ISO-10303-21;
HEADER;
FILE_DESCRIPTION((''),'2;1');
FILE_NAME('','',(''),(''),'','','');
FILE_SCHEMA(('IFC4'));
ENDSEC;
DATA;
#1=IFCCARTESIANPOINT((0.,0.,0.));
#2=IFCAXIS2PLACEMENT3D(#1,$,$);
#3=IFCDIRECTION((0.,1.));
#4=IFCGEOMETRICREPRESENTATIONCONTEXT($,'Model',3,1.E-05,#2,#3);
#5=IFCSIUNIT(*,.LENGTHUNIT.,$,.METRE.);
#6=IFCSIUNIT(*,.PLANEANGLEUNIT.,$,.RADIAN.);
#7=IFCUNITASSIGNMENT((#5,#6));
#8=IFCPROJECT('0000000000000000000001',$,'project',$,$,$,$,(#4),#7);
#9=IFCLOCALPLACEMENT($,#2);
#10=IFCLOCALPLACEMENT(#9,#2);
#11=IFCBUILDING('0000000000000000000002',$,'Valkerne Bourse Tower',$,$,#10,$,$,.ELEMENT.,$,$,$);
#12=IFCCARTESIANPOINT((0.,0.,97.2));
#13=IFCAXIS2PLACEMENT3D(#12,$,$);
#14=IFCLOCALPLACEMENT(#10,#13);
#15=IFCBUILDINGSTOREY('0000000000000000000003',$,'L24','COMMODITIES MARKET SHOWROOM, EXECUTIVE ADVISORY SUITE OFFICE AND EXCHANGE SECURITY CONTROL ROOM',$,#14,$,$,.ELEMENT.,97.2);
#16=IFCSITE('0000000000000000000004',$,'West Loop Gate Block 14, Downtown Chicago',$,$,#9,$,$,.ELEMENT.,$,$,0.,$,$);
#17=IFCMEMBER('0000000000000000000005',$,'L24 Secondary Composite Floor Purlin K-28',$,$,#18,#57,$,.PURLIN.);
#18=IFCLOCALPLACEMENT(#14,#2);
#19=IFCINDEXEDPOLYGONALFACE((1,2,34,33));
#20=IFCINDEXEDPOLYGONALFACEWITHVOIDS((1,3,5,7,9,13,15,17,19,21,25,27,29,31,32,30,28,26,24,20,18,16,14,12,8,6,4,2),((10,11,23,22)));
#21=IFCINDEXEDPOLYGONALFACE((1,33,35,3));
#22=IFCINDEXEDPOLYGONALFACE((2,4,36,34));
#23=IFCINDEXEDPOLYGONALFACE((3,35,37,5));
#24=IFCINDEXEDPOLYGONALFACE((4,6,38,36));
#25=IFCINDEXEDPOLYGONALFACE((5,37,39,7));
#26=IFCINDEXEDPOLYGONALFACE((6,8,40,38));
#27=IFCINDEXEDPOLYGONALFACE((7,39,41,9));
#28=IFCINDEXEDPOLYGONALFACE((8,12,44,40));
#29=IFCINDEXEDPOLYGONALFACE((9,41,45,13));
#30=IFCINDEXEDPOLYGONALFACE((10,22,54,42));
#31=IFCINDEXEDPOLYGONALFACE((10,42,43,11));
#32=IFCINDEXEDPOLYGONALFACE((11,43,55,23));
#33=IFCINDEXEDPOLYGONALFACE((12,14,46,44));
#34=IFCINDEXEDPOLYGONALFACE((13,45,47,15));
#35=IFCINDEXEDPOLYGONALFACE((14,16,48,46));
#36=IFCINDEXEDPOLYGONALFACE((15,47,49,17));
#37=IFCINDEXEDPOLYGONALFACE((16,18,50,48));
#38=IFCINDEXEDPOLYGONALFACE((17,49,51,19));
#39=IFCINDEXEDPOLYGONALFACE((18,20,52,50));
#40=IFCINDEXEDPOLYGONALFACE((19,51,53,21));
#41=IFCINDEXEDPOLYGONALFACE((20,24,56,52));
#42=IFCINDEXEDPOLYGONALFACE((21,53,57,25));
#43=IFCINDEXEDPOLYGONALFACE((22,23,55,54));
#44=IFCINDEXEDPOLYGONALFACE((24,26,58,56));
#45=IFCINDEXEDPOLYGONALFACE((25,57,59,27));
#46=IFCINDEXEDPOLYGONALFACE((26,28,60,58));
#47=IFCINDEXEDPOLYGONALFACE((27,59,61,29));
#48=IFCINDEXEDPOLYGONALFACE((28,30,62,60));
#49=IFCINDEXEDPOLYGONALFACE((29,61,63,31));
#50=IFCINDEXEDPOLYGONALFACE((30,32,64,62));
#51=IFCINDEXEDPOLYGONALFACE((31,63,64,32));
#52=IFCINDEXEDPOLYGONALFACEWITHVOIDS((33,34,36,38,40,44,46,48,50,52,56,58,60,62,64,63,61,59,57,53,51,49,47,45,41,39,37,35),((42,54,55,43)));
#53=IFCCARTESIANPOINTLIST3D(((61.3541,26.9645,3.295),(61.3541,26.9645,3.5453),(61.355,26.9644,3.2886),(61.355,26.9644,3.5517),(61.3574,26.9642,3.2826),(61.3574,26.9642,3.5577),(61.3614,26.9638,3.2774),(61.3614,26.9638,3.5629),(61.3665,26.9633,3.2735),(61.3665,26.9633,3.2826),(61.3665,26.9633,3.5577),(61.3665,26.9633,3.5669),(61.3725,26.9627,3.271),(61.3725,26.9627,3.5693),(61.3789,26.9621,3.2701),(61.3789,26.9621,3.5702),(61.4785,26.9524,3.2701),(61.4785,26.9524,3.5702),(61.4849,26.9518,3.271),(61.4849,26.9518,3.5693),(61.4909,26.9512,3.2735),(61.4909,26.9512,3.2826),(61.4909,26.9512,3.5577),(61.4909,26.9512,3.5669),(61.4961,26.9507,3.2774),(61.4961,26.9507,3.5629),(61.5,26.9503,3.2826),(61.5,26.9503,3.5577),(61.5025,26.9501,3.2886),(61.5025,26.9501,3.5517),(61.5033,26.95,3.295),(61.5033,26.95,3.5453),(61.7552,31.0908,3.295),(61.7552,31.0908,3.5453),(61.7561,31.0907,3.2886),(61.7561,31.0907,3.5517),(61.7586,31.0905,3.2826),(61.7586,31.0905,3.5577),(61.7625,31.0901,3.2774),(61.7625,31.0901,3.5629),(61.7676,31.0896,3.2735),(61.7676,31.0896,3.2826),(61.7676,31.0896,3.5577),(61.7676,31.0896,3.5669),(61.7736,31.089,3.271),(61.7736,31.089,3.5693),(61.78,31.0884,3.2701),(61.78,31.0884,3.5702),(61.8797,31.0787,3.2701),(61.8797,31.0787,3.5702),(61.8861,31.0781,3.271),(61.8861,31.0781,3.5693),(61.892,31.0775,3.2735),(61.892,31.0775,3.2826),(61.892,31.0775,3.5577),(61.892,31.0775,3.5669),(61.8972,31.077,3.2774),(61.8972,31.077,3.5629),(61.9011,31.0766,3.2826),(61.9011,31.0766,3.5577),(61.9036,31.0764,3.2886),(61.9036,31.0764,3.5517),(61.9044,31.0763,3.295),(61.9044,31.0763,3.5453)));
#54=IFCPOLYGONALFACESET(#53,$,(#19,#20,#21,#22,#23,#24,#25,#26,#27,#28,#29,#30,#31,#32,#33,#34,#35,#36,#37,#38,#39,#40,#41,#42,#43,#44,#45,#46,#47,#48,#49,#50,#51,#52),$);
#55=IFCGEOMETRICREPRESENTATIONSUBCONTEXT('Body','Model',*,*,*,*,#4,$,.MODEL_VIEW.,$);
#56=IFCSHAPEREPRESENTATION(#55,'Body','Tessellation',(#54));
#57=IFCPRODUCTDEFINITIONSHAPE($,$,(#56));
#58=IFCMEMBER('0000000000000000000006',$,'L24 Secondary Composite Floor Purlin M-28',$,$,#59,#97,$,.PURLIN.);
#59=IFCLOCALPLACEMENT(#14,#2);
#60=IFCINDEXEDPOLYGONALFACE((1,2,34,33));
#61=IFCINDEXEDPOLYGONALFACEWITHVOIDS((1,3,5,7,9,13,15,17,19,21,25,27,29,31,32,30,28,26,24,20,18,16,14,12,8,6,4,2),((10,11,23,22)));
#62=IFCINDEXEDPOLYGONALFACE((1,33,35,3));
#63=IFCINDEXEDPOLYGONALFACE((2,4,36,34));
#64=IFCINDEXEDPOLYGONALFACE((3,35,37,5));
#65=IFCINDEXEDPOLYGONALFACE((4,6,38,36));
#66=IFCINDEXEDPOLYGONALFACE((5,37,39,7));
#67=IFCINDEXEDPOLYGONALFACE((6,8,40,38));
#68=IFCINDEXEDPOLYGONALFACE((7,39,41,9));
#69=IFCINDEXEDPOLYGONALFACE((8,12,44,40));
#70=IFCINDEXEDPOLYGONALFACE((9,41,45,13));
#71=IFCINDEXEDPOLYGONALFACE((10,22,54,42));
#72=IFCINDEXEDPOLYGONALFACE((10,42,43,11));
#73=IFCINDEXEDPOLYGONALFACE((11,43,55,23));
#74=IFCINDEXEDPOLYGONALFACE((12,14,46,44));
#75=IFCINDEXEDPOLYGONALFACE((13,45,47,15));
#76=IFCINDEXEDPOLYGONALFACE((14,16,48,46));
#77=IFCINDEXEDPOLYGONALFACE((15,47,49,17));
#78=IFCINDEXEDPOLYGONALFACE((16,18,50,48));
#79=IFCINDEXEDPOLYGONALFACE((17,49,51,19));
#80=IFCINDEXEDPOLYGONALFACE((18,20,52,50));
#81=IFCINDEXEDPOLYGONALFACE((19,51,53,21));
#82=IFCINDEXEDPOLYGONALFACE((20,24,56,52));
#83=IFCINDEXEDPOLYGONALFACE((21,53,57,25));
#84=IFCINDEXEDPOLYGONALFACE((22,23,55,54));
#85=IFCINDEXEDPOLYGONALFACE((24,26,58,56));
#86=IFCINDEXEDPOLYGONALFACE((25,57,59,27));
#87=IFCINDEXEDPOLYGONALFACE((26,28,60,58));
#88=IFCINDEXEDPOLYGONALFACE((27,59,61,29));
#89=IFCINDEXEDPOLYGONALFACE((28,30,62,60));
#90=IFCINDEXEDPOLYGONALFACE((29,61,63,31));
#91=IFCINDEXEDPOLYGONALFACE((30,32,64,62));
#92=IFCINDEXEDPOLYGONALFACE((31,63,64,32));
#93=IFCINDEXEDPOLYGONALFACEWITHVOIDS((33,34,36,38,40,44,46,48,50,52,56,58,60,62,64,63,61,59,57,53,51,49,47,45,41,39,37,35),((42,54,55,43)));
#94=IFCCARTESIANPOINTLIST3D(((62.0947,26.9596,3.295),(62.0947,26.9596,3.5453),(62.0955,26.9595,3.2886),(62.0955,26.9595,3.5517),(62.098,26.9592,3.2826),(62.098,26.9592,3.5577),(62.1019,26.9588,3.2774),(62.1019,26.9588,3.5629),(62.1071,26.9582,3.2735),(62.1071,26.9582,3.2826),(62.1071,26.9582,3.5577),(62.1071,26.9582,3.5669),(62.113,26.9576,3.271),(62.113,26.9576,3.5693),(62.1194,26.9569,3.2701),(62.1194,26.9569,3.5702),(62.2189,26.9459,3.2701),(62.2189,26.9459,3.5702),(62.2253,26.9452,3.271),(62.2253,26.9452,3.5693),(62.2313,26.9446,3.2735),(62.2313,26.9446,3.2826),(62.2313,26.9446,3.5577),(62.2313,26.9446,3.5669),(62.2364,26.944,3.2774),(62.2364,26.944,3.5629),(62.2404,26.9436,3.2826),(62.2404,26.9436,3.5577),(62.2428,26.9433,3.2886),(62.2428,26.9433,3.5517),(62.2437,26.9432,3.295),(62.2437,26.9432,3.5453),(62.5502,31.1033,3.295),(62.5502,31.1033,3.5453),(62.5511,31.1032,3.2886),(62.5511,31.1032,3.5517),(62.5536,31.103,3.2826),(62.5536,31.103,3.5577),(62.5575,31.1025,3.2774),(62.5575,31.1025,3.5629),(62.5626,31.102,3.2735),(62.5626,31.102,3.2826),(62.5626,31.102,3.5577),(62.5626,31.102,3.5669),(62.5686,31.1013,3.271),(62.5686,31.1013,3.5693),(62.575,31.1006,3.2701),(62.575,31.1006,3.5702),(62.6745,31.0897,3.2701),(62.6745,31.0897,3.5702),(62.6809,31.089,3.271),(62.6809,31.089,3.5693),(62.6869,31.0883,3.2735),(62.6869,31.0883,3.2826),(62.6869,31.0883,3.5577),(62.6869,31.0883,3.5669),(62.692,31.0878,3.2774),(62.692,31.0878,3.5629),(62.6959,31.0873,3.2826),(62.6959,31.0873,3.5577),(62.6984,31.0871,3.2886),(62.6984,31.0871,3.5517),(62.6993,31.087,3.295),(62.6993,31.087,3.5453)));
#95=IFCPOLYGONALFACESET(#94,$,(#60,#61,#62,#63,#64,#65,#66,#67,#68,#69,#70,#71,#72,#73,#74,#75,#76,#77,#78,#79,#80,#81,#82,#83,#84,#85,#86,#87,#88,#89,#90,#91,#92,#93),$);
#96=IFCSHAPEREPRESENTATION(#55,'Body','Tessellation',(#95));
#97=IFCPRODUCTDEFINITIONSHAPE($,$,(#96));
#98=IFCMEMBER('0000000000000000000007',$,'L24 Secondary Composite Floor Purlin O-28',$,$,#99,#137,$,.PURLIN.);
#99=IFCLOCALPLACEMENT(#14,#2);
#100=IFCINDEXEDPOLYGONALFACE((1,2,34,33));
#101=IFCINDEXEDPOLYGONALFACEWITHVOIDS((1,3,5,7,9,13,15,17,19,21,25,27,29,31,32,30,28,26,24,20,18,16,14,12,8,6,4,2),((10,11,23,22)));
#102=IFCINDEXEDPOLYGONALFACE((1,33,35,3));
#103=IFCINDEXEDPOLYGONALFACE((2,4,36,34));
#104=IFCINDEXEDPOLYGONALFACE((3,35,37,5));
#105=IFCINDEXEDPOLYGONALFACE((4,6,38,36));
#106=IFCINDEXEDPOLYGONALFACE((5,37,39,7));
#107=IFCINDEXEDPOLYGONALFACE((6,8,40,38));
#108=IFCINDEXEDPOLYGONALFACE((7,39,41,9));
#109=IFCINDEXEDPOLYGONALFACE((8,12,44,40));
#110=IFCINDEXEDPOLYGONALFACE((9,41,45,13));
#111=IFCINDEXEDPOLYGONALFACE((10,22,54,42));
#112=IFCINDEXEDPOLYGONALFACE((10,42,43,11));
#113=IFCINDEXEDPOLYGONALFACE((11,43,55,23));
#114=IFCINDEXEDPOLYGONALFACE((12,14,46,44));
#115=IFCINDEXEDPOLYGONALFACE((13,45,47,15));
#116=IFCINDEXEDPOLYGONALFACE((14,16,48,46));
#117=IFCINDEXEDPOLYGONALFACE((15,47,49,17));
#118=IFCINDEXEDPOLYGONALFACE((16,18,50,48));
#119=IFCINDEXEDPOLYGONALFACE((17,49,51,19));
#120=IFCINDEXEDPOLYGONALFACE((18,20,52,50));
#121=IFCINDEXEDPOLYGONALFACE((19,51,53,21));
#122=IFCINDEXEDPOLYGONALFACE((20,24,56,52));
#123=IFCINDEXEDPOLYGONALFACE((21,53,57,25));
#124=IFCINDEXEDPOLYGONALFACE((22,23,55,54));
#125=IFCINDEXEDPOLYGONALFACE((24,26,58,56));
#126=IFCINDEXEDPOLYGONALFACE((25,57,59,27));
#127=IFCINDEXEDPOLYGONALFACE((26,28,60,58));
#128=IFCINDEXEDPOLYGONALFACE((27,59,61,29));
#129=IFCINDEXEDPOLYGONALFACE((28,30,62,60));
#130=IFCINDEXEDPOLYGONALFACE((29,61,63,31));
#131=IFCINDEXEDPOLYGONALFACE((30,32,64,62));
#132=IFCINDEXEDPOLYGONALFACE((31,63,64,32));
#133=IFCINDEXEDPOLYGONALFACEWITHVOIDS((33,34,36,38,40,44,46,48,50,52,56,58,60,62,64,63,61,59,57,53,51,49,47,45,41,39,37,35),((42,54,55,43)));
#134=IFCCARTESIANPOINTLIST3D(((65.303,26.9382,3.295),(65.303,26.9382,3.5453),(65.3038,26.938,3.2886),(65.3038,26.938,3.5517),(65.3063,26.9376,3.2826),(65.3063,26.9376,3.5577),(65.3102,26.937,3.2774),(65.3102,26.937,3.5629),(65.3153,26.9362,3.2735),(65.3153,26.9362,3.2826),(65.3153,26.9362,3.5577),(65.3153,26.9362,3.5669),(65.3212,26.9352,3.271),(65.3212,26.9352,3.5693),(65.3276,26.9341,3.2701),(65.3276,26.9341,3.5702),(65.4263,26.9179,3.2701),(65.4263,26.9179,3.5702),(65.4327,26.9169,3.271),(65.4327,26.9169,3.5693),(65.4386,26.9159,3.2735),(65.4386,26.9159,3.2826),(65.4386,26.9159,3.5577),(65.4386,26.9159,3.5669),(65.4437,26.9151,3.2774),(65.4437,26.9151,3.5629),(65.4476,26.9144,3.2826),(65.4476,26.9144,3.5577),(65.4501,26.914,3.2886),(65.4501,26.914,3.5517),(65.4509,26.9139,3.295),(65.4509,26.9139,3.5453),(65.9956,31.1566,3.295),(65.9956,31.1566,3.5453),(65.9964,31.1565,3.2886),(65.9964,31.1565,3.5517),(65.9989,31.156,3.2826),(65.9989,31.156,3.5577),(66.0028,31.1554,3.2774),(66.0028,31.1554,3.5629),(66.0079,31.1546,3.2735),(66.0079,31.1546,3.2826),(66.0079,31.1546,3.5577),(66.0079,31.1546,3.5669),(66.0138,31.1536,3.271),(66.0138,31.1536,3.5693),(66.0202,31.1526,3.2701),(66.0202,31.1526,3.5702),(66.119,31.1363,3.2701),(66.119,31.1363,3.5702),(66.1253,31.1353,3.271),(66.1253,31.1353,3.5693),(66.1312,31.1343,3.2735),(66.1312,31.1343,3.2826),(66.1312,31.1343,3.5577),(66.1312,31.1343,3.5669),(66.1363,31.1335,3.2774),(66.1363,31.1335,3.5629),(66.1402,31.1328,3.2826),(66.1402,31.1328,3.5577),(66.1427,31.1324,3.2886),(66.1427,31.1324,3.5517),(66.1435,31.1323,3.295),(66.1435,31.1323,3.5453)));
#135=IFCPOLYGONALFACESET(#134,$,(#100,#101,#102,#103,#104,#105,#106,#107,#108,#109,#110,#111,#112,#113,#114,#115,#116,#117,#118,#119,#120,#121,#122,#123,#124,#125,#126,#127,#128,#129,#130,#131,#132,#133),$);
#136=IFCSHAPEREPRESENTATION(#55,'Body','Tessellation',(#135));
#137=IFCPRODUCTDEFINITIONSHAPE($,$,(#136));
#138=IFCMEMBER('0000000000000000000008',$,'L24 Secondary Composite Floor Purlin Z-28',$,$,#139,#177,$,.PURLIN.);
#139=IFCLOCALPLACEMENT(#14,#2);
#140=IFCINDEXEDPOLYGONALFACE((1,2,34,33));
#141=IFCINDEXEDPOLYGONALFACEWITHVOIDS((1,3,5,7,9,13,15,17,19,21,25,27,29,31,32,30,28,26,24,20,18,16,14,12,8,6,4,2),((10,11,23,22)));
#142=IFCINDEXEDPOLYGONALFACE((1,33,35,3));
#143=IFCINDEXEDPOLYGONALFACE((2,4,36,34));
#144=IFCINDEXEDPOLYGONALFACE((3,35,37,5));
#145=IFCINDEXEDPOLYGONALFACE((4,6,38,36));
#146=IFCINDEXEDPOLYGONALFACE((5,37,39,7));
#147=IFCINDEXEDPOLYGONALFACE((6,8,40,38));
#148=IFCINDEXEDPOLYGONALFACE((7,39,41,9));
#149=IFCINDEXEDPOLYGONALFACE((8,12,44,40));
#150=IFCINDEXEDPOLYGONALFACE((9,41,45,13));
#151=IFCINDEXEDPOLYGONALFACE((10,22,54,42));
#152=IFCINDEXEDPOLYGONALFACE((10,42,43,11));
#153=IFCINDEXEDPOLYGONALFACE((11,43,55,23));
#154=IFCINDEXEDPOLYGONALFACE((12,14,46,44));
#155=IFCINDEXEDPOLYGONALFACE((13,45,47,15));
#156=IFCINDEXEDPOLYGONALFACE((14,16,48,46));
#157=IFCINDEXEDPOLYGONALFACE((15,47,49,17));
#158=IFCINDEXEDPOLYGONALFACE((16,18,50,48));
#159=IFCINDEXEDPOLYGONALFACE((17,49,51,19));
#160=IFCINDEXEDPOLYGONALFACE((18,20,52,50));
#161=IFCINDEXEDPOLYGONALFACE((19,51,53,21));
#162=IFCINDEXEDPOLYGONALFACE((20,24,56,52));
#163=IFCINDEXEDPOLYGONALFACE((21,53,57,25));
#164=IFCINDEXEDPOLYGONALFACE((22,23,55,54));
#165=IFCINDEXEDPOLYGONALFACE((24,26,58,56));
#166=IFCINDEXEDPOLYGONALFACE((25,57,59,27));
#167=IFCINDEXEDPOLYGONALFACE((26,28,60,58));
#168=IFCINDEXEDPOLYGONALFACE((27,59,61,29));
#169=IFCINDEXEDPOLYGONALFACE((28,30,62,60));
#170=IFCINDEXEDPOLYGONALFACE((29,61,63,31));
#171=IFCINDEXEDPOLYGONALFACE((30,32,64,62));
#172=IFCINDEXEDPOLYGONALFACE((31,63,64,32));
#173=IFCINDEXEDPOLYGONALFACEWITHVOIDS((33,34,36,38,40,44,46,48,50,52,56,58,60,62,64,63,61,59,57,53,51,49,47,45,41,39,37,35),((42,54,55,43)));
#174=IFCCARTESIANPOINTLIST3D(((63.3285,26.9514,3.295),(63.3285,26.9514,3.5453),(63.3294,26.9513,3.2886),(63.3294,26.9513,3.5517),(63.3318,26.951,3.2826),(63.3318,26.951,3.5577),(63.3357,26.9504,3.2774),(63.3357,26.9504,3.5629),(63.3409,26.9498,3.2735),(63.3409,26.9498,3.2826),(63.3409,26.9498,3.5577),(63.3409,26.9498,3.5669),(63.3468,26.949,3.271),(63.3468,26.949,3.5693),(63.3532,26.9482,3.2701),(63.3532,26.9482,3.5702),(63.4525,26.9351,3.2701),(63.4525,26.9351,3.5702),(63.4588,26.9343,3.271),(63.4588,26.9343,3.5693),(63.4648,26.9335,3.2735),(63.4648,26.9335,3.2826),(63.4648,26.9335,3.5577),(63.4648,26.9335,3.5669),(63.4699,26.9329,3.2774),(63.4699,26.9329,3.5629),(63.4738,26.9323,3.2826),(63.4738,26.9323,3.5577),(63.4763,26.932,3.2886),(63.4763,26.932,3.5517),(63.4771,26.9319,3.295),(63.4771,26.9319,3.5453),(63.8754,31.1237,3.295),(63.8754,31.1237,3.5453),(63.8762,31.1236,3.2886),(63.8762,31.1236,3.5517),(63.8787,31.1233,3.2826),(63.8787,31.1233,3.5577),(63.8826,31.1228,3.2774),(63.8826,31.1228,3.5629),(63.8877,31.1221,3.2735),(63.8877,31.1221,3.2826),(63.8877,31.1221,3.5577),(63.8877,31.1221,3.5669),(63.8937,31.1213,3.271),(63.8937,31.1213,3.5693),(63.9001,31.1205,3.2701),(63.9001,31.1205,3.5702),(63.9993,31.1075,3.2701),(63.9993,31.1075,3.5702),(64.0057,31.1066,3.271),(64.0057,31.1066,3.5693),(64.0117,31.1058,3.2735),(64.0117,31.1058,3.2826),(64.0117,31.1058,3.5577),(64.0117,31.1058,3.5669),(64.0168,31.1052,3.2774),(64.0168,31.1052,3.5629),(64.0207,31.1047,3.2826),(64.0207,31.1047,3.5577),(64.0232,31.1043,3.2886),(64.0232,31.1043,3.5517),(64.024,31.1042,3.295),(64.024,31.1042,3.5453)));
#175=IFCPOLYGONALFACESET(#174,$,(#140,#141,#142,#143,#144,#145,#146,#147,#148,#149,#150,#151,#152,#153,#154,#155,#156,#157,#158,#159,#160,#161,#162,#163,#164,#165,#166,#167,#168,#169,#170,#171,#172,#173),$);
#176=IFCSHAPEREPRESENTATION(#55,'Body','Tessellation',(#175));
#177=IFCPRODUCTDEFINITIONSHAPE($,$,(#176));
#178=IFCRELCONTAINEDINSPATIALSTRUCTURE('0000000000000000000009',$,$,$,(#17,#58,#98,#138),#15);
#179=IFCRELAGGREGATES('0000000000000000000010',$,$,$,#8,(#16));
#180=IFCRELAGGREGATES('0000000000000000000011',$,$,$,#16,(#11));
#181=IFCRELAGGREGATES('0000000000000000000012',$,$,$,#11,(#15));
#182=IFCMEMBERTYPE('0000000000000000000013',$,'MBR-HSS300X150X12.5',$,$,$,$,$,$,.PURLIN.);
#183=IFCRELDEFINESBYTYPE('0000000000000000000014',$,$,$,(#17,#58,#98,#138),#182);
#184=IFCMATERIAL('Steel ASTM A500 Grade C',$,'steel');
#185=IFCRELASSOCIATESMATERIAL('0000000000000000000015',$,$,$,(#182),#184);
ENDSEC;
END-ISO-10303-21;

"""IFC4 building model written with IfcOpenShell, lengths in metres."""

from ifc_helpers import new_model, si_unit, direction, frame, origin, origin_2d, place, context, subcontext, project, spatial, hollow_rectangle, extrude, material, material_profile, profile_set, type_object, element, save


model = new_model("IFC4")

# Units and contexts
model_context = context("Model", 3, precision=1e-05, world=origin(), true_north=direction((0.0, 1.0)))
body_context = subcontext(model_context, "Body", "Model", "MODEL_VIEW")
ifc_project = project(units=[si_unit("LENGTHUNIT", "METRE"), si_unit("PLANEANGLEUNIT", "RADIAN")], contexts=[model_context])

# Site, building, storey
site_placement = place(None, origin())
site = spatial("IfcSite", under=ifc_project, at=site_placement, Name="West Loop Gate Block 14, Downtown Chicago", CompositionType="ELEMENT", RefElevation=0.0)
building_placement = place(site_placement, origin())
building = spatial("IfcBuilding", under=site, at=building_placement, Name="Valkerne Bourse Tower", CompositionType="ELEMENT")
storey_placement = place(building_placement, frame((0.0, 0.0, 97.2)))
storey = spatial("IfcBuildingStorey", under=building, at=storey_placement, Name="L24", Description="COMMODITIES MARKET SHOWROOM, EXECUTIVE ADVISORY SUITE OFFICE AND EXCHANGE SECURITY CONTROL ROOM", CompositionType="ELEMENT", Elevation=97.2)

# Members
ifc_material_1 = material(Name="Steel ASTM A500 Grade C", Category="steel")
ifc_material_profile_1 = material_profile(ifc_material_1, hollow_rectangle(XDim=0.1499, YDim=0.3, WallThickness=0.0125, OuterFilletRadius=0.0249, at=origin_2d()), Name="HSS300X150X12.5")
ifc_profile_set_1 = profile_set([ifc_material_profile_1], Name="Steel ASTM A500 Grade C")
member_type_1 = type_object("IfcMemberType", Name="MBR-HSS300X150X12.5", PredefinedType="PURLIN", material=ifc_profile_set_1)
member_1_placement = place(storey_placement, frame((61.4287, 26.9573, 3.4202), z_axis=(0.096757, 0.995308, 0.0), x_axis=(-0.995308, 0.096757, 0.0)))
element("IfcMember", 1, at=member_1_placement, inside=storey, type_object=member_type_1, Name="L24 Secondary Composite Floor Purlin K-28", PredefinedType="PURLIN", context=body_context, shape_type="SweptSolid", body=[
    extrude(hollow_rectangle(XDim=0.1499, YDim=0.3, WallThickness=0.0125, OuterFilletRadius=0.0249, at=origin_2d()), origin(), (0.0, 0.0, 1.0), 4.1458),
])
member_2_placement = place(storey_placement, frame((62.1692, 26.9514, 3.4202), z_axis=(0.109281, 0.994011, 0.0), x_axis=(-0.994011, 0.109281, 0.0)))
element("IfcMember", 2, at=member_2_placement, inside=storey, type_object=member_type_1, Name="L24 Secondary Composite Floor Purlin M-28", PredefinedType="PURLIN", context=body_context, shape_type="SweptSolid", body=[
    extrude(hollow_rectangle(XDim=0.1499, YDim=0.3, WallThickness=0.0125, OuterFilletRadius=0.0249, at=origin_2d()), origin(), (0.0, 0.0, 1.0), 4.1687),
])
member_3_placement = place(storey_placement, frame((65.377, 26.926, 3.4202), z_axis=(0.162018, 0.986788, 0.0), x_axis=(-0.986788, 0.162018, 0.0)))
element("IfcMember", 3, at=member_3_placement, inside=storey, type_object=member_type_1, Name="L24 Secondary Composite Floor Purlin O-28", PredefinedType="PURLIN", context=body_context, shape_type="SweptSolid", body=[
    extrude(hollow_rectangle(XDim=0.1499, YDim=0.3, WallThickness=0.0125, OuterFilletRadius=0.0249, at=origin_2d()), origin(), (0.0, 0.0, 1.0), 4.2749),
])
member_4_placement = place(storey_placement, frame((63.4028, 26.9417, 3.4202), z_axis=(0.129959, 0.991519, 0.0), x_axis=(-0.991519, 0.129959, 0.0)))
element("IfcMember", 4, at=member_4_placement, inside=storey, type_object=member_type_1, Name="L24 Secondary Composite Floor Purlin Z-28", PredefinedType="PURLIN", context=body_context, shape_type="SweptSolid", body=[
    extrude(hollow_rectangle(XDim=0.1499, YDim=0.3, WallThickness=0.0125, OuterFilletRadius=0.0249, at=origin_2d()), origin(), (0.0, 0.0, 1.0), 4.208),
])

save(model, "model.ifc")
